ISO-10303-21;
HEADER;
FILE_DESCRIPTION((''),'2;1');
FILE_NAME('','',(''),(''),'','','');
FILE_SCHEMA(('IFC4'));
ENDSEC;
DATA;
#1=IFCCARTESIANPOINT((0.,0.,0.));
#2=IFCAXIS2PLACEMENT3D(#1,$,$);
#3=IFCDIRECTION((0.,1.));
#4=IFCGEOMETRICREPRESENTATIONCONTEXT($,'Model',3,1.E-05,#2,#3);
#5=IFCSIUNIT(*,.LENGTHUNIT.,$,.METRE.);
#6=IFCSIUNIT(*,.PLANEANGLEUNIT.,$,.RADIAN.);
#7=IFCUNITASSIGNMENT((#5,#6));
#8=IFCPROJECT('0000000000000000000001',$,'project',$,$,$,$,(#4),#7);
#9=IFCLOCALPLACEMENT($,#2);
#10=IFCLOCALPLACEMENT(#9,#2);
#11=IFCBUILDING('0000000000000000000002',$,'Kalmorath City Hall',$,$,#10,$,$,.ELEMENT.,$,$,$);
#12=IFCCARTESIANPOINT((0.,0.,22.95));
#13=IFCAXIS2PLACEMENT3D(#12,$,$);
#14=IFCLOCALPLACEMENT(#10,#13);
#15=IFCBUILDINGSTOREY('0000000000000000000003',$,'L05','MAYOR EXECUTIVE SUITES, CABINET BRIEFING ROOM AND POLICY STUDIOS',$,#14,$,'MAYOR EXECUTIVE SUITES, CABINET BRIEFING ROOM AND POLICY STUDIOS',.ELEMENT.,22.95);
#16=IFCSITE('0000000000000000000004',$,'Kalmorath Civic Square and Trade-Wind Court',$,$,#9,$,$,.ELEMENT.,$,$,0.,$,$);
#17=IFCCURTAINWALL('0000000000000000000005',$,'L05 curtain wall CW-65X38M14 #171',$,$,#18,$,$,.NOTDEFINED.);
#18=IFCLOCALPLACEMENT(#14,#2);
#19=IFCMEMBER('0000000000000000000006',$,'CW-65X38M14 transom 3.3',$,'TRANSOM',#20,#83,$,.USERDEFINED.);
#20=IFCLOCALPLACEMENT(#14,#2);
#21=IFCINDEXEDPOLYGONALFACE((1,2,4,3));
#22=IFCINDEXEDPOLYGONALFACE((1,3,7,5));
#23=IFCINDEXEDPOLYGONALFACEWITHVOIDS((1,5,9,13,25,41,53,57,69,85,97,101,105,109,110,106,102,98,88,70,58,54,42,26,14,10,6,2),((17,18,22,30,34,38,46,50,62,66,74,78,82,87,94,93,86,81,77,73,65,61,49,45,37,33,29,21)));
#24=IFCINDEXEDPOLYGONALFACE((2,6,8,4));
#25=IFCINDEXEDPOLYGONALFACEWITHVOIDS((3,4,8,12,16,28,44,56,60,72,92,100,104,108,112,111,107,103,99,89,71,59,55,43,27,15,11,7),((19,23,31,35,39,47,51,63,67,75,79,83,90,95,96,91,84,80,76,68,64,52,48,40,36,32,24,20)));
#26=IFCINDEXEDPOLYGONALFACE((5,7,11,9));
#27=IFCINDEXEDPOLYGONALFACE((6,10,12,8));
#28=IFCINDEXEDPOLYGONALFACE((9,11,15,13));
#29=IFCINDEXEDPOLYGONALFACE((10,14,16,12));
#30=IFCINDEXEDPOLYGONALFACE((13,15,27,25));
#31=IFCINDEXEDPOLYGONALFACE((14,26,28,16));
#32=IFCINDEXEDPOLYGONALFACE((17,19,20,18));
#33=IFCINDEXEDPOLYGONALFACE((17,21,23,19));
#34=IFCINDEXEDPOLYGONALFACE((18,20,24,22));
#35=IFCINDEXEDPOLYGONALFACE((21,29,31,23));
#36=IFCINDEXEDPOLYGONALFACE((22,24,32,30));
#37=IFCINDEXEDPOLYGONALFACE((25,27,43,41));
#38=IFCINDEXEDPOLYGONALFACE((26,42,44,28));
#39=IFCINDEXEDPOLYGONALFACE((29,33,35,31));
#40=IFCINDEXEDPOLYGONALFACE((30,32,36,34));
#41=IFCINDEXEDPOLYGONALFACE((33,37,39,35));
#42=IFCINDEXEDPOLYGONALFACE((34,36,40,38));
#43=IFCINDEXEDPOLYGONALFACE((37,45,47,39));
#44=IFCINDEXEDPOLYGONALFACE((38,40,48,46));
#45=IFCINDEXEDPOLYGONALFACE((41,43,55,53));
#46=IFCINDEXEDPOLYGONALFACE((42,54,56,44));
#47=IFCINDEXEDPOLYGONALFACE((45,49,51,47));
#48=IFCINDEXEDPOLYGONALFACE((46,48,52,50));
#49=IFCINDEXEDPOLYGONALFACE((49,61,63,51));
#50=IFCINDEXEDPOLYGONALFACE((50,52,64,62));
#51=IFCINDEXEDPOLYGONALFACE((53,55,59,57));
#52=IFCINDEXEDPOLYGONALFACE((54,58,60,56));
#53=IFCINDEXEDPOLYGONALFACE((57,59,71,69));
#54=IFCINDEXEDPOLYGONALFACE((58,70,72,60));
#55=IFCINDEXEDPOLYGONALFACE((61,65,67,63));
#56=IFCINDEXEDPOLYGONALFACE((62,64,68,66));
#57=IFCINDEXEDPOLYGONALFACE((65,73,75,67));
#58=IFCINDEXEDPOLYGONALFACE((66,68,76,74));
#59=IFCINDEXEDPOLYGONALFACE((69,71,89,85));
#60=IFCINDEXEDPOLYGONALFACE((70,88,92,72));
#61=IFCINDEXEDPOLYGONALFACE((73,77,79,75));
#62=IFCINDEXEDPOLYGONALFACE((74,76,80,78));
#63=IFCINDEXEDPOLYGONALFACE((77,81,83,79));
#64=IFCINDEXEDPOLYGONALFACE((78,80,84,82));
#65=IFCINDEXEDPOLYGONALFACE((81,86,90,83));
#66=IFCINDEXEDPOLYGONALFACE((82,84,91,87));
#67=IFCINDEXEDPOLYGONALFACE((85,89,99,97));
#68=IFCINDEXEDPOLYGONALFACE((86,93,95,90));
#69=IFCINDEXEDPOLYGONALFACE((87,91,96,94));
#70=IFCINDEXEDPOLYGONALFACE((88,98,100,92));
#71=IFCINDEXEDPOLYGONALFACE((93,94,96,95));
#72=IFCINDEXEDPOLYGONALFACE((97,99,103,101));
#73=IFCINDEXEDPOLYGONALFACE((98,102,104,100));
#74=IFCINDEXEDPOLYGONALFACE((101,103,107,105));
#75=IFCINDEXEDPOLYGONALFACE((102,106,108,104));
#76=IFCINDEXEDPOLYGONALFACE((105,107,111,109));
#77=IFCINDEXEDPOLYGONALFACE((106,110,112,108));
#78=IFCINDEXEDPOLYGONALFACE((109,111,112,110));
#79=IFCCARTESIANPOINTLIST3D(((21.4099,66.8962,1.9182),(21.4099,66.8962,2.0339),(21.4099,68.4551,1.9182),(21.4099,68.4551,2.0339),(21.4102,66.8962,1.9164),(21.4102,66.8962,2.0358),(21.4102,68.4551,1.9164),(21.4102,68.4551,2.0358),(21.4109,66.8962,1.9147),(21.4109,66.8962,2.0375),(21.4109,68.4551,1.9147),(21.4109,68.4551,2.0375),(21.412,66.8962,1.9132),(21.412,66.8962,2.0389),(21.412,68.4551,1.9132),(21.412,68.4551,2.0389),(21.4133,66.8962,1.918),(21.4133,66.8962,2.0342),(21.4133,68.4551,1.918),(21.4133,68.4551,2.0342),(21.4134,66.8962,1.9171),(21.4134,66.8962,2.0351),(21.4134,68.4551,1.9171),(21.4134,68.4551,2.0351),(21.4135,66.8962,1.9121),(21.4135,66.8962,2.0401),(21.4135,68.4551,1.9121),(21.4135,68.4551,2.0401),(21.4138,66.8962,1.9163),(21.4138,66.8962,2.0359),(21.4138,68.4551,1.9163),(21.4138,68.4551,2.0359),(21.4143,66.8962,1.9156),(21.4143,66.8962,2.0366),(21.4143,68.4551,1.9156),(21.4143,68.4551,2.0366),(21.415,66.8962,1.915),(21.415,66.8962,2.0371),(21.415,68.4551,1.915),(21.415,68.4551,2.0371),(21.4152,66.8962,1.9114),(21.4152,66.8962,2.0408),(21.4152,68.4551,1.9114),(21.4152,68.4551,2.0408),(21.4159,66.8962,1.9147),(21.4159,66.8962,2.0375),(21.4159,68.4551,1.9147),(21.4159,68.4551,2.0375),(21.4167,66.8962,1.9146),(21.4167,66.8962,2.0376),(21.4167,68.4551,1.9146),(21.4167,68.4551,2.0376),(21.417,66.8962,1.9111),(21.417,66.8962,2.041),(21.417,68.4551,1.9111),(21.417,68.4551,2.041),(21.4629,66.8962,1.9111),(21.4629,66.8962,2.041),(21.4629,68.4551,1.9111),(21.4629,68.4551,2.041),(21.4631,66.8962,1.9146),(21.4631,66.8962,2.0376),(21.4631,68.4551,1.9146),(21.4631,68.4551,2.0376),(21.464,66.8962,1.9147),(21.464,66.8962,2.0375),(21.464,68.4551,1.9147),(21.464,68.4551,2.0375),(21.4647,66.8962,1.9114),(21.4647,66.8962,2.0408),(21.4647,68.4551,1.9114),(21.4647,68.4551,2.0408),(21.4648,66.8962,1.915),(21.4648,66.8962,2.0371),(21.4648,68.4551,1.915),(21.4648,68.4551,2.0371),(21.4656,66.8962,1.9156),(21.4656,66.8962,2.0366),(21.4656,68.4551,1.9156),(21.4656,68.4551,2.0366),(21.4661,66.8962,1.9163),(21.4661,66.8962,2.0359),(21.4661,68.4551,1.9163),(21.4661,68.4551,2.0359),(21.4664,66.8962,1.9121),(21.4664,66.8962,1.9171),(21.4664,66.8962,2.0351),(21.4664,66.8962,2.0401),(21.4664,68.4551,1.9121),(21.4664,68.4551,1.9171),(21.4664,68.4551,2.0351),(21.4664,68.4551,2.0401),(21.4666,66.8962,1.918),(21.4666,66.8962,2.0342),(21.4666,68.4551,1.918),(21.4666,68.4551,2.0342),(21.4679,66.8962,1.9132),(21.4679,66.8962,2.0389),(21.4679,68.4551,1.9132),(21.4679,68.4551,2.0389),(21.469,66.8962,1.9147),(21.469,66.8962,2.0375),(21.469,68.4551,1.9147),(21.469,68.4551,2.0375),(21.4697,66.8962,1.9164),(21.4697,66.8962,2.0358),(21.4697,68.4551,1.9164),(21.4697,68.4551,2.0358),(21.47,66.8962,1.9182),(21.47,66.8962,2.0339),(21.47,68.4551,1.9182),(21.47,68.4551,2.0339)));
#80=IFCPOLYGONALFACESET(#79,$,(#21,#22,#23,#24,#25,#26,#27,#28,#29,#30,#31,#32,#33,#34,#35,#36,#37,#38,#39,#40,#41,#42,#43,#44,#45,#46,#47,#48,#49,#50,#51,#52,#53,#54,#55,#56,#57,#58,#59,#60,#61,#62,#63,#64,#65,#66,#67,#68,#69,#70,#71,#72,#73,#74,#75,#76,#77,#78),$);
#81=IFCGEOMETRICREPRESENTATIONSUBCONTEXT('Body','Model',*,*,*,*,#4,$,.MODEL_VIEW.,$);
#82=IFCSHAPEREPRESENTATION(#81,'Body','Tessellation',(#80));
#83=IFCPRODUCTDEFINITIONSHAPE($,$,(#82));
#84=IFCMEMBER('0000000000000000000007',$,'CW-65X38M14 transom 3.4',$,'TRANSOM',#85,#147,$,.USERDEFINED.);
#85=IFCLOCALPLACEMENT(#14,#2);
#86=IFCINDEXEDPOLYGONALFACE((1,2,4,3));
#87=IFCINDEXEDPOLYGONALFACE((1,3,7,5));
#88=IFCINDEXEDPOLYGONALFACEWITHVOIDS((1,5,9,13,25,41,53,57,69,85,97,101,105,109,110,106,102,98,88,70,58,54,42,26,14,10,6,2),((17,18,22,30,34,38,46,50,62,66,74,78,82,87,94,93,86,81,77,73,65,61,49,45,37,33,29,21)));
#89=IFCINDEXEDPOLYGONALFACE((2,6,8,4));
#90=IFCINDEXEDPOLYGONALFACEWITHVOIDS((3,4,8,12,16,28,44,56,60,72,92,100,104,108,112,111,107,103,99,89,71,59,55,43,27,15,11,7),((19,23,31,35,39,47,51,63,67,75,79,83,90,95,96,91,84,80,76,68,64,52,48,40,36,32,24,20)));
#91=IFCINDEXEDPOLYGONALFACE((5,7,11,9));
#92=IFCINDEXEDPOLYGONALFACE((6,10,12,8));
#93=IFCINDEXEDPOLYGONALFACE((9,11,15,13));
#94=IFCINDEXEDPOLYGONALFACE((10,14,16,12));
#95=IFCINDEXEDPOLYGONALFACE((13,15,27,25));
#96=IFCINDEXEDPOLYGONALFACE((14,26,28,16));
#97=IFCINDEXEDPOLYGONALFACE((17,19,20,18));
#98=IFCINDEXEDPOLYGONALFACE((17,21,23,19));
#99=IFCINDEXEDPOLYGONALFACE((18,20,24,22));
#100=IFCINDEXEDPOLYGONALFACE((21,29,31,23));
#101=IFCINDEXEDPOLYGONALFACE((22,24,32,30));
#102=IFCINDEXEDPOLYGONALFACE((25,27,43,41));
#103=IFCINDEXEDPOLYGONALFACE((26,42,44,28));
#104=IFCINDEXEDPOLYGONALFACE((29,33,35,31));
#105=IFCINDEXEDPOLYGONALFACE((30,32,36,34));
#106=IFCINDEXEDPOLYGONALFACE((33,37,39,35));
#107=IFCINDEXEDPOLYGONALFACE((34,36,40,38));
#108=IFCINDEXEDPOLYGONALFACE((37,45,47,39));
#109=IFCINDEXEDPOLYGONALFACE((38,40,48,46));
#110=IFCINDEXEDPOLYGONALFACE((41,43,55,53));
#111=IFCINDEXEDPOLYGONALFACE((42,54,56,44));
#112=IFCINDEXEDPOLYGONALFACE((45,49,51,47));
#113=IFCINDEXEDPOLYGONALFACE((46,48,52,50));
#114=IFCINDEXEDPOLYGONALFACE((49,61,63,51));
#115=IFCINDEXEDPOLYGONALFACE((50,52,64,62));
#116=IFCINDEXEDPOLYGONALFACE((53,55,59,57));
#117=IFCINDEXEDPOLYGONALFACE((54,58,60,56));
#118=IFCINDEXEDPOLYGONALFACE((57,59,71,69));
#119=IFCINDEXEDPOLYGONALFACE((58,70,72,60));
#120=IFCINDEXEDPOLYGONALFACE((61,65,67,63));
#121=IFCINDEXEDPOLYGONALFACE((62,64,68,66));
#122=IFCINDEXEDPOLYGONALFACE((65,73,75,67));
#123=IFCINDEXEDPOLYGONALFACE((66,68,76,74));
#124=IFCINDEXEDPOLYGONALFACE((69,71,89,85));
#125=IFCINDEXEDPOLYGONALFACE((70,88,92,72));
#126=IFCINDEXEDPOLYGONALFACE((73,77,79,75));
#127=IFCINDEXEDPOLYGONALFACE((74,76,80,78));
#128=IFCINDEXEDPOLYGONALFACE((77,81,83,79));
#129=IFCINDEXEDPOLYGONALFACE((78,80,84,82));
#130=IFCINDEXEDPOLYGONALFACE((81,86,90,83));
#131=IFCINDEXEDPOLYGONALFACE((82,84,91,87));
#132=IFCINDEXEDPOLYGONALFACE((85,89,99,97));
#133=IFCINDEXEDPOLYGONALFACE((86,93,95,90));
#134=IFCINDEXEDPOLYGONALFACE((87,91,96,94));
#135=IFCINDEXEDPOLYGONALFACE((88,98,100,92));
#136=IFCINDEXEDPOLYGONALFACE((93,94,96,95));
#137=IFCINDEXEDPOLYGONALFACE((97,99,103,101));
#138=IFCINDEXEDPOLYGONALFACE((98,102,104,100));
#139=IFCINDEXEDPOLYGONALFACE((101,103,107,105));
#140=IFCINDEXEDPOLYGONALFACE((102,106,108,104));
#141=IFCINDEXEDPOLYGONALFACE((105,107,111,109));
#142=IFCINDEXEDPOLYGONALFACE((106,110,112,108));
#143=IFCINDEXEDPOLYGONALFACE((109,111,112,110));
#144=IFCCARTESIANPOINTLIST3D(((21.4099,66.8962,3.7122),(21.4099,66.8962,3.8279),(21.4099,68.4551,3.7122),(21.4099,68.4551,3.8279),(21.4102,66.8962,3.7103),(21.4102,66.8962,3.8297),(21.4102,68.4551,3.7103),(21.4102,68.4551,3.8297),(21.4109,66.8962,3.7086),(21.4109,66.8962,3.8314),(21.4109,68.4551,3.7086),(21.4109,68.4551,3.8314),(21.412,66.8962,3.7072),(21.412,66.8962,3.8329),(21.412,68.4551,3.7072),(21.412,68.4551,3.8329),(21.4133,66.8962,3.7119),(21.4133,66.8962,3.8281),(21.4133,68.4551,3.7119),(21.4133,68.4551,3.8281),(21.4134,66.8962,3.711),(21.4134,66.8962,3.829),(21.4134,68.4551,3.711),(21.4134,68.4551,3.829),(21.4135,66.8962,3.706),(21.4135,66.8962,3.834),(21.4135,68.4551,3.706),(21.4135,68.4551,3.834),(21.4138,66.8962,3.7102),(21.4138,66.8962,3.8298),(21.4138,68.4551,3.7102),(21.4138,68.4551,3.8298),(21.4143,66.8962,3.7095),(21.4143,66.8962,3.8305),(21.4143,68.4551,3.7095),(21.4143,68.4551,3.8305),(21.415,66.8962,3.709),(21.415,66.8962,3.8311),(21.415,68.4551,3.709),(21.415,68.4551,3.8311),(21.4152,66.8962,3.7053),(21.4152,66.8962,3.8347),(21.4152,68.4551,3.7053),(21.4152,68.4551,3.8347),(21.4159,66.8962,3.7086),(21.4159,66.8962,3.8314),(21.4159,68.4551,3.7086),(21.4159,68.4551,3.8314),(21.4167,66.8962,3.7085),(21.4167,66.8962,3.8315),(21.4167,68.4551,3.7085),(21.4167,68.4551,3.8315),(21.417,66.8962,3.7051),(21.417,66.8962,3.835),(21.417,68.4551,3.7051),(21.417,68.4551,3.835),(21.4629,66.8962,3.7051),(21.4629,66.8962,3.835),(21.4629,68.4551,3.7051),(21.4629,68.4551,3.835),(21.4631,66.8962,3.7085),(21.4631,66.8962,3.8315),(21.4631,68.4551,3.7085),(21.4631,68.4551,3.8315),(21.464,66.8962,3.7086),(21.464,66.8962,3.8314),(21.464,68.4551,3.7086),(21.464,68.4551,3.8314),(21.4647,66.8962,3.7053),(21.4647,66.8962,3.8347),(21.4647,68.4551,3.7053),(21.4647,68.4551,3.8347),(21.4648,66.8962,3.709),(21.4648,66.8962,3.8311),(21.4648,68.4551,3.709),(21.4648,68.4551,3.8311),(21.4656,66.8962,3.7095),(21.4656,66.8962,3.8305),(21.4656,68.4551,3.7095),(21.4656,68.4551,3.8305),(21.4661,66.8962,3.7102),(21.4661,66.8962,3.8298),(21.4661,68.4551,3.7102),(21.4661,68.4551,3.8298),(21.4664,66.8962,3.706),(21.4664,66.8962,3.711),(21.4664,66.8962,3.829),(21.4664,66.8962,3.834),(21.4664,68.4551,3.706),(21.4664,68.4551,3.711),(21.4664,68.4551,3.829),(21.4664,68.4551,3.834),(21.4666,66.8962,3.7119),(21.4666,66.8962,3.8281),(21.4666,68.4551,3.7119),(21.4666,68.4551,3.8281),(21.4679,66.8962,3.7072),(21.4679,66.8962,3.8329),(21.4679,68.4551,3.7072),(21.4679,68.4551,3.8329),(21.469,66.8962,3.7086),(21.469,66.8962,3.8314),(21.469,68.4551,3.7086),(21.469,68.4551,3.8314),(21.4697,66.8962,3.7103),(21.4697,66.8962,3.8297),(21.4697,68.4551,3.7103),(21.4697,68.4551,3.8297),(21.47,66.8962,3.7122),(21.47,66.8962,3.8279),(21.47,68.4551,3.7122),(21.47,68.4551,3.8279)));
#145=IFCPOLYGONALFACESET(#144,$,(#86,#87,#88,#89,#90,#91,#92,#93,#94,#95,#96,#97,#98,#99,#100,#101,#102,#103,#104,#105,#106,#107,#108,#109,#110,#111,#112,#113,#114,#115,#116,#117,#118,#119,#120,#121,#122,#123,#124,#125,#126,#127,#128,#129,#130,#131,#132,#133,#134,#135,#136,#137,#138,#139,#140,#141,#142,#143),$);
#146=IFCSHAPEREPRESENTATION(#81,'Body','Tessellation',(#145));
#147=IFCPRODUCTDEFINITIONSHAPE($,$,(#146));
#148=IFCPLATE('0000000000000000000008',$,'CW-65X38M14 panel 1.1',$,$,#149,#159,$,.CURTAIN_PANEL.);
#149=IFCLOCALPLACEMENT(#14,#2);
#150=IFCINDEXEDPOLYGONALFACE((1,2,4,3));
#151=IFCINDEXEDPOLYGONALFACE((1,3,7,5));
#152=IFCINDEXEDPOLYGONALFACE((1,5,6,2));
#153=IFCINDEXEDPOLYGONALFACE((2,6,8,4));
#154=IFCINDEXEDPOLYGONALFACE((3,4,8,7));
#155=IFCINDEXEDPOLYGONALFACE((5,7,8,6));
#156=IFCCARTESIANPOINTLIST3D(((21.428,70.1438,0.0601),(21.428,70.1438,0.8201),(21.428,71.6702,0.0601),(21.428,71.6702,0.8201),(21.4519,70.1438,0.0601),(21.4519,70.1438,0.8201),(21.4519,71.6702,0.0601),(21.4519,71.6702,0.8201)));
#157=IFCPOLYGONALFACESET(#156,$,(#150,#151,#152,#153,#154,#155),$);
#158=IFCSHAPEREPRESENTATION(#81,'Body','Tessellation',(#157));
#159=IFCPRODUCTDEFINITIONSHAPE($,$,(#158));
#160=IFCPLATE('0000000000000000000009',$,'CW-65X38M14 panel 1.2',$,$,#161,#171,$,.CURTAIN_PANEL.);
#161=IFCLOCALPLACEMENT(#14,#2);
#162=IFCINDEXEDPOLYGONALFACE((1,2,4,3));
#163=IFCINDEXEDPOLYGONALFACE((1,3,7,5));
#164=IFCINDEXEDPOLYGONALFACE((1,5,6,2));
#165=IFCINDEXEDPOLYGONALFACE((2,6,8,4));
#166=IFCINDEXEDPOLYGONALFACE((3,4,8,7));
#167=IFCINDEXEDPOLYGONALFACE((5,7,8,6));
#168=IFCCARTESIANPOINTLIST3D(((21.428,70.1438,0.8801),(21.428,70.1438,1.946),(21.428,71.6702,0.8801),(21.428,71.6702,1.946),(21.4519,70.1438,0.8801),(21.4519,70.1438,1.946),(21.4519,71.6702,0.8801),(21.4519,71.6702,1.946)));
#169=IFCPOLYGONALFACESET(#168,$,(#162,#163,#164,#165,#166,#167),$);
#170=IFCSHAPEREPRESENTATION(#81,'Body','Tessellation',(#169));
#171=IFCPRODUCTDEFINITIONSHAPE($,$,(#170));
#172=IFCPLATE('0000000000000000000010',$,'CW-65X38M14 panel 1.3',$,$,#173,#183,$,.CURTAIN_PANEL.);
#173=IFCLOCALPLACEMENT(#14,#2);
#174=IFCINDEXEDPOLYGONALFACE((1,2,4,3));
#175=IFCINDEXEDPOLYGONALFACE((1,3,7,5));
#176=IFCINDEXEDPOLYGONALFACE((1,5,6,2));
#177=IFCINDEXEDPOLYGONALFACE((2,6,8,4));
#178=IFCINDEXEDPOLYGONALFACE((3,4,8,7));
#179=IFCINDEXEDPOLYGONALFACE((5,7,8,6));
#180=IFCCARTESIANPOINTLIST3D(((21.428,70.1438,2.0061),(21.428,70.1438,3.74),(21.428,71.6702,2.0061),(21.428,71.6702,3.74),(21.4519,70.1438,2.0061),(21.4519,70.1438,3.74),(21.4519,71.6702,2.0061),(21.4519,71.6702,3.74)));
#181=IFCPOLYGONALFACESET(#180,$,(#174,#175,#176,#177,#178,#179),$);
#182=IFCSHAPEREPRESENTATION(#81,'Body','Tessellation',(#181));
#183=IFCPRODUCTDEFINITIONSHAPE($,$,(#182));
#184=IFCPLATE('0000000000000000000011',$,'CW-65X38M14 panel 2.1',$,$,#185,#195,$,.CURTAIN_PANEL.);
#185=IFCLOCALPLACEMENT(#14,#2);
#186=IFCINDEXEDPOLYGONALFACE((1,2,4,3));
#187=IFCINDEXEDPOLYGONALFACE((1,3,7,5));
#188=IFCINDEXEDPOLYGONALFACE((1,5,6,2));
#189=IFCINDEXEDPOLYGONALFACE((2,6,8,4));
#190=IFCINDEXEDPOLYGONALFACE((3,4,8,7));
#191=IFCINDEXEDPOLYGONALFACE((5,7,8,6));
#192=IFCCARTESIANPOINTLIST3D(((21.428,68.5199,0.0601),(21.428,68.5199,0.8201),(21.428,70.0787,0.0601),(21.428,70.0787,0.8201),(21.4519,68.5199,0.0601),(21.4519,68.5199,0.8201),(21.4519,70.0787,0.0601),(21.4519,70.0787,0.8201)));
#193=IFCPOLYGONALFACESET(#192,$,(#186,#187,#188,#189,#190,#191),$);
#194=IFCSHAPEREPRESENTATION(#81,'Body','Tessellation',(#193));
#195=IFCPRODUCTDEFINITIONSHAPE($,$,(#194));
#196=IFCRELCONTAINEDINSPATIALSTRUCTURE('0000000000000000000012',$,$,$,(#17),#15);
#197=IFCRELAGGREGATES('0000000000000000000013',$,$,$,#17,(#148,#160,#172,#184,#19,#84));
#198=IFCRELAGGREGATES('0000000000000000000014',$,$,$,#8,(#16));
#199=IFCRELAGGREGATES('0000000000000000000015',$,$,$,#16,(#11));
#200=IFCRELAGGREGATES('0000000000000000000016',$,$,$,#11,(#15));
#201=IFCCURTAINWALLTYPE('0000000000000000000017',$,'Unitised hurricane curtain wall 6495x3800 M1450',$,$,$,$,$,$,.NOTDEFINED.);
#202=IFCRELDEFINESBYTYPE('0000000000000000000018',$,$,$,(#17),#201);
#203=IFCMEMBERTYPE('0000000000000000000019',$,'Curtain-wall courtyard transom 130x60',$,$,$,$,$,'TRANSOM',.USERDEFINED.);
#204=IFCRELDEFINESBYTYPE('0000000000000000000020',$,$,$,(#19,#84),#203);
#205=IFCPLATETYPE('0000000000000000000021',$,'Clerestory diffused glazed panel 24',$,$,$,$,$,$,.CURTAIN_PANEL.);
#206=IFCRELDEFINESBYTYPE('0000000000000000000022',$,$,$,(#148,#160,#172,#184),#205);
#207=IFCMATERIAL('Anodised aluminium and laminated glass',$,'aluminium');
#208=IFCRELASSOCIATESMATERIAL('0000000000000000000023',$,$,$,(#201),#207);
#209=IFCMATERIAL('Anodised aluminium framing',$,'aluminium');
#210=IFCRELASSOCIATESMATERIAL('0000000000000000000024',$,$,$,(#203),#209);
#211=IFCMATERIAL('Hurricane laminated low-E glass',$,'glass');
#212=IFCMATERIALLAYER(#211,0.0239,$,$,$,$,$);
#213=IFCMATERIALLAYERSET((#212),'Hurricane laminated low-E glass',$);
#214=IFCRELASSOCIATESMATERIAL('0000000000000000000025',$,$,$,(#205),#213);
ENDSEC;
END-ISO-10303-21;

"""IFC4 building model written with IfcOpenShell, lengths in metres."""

from ifc_helpers import new_model, si_unit, direction, frame, origin, origin_2d, place, context, subcontext, project, spatial, rectangle, hollow_rectangle, extrude, material, layer, layer_set, material_profile, profile_set, type_object, element, aggregate, save


model = new_model("IFC4")

# Units and contexts
model_context = context("Model", 3, precision=1e-05, world=origin(), true_north=direction((0.0, 1.0)))
body_context = subcontext(model_context, "Body", "Model", "MODEL_VIEW")
ifc_project = project(units=[si_unit("LENGTHUNIT", "METRE"), si_unit("PLANEANGLEUNIT", "RADIAN")], contexts=[model_context])

# Site, building, storey
site_placement = place(None, origin())
site = spatial("IfcSite", under=ifc_project, at=site_placement, Name="Kalmorath Civic Square and Trade-Wind Court", CompositionType="ELEMENT", RefElevation=0.0)
building_placement = place(site_placement, origin())
building = spatial("IfcBuilding", under=site, at=building_placement, Name="Kalmorath City Hall", CompositionType="ELEMENT")
storey_placement = place(building_placement, frame((0.0, 0.0, 22.95)))
storey = spatial("IfcBuildingStorey", under=building, at=storey_placement, Name="L05", Description="MAYOR EXECUTIVE SUITES, CABINET BRIEFING ROOM AND POLICY STUDIOS", LongName="MAYOR EXECUTIVE SUITES, CABINET BRIEFING ROOM AND POLICY STUDIOS", CompositionType="ELEMENT", Elevation=22.95)

# Curtain wall, members, plates
ifc_material_1 = material(Name="Anodised aluminium and laminated glass", Category="aluminium")
curtain_wall_type = type_object("IfcCurtainWallType", Name="Unitised hurricane curtain wall 6495x3800 M1450", PredefinedType="NOTDEFINED", material=ifc_material_1)
curtain_wall_placement = place(storey_placement, origin())
curtain_wall = element("IfcCurtainWall", 1, at=curtain_wall_placement, inside=storey, type_object=curtain_wall_type, Name="L05 curtain wall CW-65X38M14 #171", PredefinedType="NOTDEFINED")
ifc_material_2 = material(Name="Anodised aluminium framing", Category="aluminium")
ifc_material_profile_1 = material_profile(ifc_material_2, hollow_rectangle(XDim=0.0601, YDim=0.1299, WallThickness=0.0034, InnerFilletRadius=0.0034, OuterFilletRadius=0.0071, at=origin_2d()), Name="ALU-TRN-130X60X3.5")
ifc_profile_set_1 = profile_set([ifc_material_profile_1], Name="Anodised aluminium framing")
member_type_1 = type_object("IfcMemberType", Name="Curtain-wall courtyard transom 130x60", ElementType="TRANSOM", PredefinedType="USERDEFINED", material=ifc_profile_set_1)
member_1_placement = place(storey_placement, frame((21.4399, 68.4551, 1.9761), z_axis=(0.0, -1.0, 0.0), x_axis=(1.0, 0.0, 0.0)))
member_1 = element("IfcMember", 2, at=member_1_placement, type_object=member_type_1, Name="CW-65X38M14 transom 3.3", ObjectType="TRANSOM", PredefinedType="USERDEFINED", context=body_context, shape_type="SweptSolid", body=[
    extrude(hollow_rectangle(XDim=0.0601, YDim=0.1299, WallThickness=0.0034, InnerFilletRadius=0.0034, OuterFilletRadius=0.0071, at=origin_2d()), origin(), (0.0, 0.0, 1.0), 1.5588),
])
member_2_placement = place(storey_placement, frame((21.4399, 68.4551, 3.77), z_axis=(0.0, -1.0, 0.0), x_axis=(1.0, 0.0, 0.0)))
member_2 = element("IfcMember", 3, at=member_2_placement, type_object=member_type_1, Name="CW-65X38M14 transom 3.4", ObjectType="TRANSOM", PredefinedType="USERDEFINED", context=body_context, shape_type="SweptSolid", body=[
    extrude(hollow_rectangle(XDim=0.0601, YDim=0.1299, WallThickness=0.0034, InnerFilletRadius=0.0034, OuterFilletRadius=0.0071, at=origin_2d()), origin(), (0.0, 0.0, 1.0), 1.5588),
])
ifc_material_3 = material(Name="Hurricane laminated low-E glass", Category="glass")
ifc_layer = layer(ifc_material_3, 0.0239)
ifc_layer_set = layer_set([ifc_layer], Name="Hurricane laminated low-E glass")
plate_type = type_object("IfcPlateType", Name="Clerestory diffused glazed panel 24", PredefinedType="CURTAIN_PANEL", material=ifc_layer_set)
plate_1_placement = place(storey_placement, frame((21.4399, 70.907, 0.0601), z_axis=(0.0, 0.0, 1.0), x_axis=(0.0, -1.0, 0.0)))
plate_1 = element("IfcPlate", 4, at=plate_1_placement, type_object=plate_type, Name="CW-65X38M14 panel 1.1", PredefinedType="CURTAIN_PANEL", context=body_context, shape_type="SweptSolid", body=[
    extrude(rectangle(XDim=1.5264, YDim=0.0239, at=origin_2d()), origin(), (0.0, 0.0, 1.0), 0.76),
])
plate_2_placement = place(storey_placement, frame((21.4399, 70.907, 0.8801), z_axis=(0.0, 0.0, 1.0), x_axis=(0.0, -1.0, 0.0)))
plate_2 = element("IfcPlate", 5, at=plate_2_placement, type_object=plate_type, Name="CW-65X38M14 panel 1.2", PredefinedType="CURTAIN_PANEL", context=body_context, shape_type="SweptSolid", body=[
    extrude(rectangle(XDim=1.5264, YDim=0.0239, at=origin_2d()), origin(), (0.0, 0.0, 1.0), 1.0659),
])
plate_3_placement = place(storey_placement, frame((21.4399, 70.907, 2.0061), z_axis=(0.0, 0.0, 1.0), x_axis=(0.0, -1.0, 0.0)))
plate_3 = element("IfcPlate", 6, at=plate_3_placement, type_object=plate_type, Name="CW-65X38M14 panel 1.3", PredefinedType="CURTAIN_PANEL", context=body_context, shape_type="SweptSolid", body=[
    extrude(rectangle(XDim=1.5264, YDim=0.0239, at=origin_2d()), origin(), (0.0, 0.0, 1.0), 1.7339),
])
plate_4_placement = place(storey_placement, frame((21.4399, 69.2993, 0.0601), z_axis=(0.0, 0.0, 1.0), x_axis=(0.0, -1.0, 0.0)))
plate_4 = element("IfcPlate", 7, at=plate_4_placement, type_object=plate_type, Name="CW-65X38M14 panel 2.1", PredefinedType="CURTAIN_PANEL", context=body_context, shape_type="SweptSolid", body=[
    extrude(rectangle(XDim=1.5588, YDim=0.0239, at=origin_2d()), origin(), (0.0, 0.0, 1.0), 0.76),
])
aggregate(curtain_wall, [plate_1, plate_2, plate_3, plate_4, member_1, member_2])

save(model, "model.ifc")
